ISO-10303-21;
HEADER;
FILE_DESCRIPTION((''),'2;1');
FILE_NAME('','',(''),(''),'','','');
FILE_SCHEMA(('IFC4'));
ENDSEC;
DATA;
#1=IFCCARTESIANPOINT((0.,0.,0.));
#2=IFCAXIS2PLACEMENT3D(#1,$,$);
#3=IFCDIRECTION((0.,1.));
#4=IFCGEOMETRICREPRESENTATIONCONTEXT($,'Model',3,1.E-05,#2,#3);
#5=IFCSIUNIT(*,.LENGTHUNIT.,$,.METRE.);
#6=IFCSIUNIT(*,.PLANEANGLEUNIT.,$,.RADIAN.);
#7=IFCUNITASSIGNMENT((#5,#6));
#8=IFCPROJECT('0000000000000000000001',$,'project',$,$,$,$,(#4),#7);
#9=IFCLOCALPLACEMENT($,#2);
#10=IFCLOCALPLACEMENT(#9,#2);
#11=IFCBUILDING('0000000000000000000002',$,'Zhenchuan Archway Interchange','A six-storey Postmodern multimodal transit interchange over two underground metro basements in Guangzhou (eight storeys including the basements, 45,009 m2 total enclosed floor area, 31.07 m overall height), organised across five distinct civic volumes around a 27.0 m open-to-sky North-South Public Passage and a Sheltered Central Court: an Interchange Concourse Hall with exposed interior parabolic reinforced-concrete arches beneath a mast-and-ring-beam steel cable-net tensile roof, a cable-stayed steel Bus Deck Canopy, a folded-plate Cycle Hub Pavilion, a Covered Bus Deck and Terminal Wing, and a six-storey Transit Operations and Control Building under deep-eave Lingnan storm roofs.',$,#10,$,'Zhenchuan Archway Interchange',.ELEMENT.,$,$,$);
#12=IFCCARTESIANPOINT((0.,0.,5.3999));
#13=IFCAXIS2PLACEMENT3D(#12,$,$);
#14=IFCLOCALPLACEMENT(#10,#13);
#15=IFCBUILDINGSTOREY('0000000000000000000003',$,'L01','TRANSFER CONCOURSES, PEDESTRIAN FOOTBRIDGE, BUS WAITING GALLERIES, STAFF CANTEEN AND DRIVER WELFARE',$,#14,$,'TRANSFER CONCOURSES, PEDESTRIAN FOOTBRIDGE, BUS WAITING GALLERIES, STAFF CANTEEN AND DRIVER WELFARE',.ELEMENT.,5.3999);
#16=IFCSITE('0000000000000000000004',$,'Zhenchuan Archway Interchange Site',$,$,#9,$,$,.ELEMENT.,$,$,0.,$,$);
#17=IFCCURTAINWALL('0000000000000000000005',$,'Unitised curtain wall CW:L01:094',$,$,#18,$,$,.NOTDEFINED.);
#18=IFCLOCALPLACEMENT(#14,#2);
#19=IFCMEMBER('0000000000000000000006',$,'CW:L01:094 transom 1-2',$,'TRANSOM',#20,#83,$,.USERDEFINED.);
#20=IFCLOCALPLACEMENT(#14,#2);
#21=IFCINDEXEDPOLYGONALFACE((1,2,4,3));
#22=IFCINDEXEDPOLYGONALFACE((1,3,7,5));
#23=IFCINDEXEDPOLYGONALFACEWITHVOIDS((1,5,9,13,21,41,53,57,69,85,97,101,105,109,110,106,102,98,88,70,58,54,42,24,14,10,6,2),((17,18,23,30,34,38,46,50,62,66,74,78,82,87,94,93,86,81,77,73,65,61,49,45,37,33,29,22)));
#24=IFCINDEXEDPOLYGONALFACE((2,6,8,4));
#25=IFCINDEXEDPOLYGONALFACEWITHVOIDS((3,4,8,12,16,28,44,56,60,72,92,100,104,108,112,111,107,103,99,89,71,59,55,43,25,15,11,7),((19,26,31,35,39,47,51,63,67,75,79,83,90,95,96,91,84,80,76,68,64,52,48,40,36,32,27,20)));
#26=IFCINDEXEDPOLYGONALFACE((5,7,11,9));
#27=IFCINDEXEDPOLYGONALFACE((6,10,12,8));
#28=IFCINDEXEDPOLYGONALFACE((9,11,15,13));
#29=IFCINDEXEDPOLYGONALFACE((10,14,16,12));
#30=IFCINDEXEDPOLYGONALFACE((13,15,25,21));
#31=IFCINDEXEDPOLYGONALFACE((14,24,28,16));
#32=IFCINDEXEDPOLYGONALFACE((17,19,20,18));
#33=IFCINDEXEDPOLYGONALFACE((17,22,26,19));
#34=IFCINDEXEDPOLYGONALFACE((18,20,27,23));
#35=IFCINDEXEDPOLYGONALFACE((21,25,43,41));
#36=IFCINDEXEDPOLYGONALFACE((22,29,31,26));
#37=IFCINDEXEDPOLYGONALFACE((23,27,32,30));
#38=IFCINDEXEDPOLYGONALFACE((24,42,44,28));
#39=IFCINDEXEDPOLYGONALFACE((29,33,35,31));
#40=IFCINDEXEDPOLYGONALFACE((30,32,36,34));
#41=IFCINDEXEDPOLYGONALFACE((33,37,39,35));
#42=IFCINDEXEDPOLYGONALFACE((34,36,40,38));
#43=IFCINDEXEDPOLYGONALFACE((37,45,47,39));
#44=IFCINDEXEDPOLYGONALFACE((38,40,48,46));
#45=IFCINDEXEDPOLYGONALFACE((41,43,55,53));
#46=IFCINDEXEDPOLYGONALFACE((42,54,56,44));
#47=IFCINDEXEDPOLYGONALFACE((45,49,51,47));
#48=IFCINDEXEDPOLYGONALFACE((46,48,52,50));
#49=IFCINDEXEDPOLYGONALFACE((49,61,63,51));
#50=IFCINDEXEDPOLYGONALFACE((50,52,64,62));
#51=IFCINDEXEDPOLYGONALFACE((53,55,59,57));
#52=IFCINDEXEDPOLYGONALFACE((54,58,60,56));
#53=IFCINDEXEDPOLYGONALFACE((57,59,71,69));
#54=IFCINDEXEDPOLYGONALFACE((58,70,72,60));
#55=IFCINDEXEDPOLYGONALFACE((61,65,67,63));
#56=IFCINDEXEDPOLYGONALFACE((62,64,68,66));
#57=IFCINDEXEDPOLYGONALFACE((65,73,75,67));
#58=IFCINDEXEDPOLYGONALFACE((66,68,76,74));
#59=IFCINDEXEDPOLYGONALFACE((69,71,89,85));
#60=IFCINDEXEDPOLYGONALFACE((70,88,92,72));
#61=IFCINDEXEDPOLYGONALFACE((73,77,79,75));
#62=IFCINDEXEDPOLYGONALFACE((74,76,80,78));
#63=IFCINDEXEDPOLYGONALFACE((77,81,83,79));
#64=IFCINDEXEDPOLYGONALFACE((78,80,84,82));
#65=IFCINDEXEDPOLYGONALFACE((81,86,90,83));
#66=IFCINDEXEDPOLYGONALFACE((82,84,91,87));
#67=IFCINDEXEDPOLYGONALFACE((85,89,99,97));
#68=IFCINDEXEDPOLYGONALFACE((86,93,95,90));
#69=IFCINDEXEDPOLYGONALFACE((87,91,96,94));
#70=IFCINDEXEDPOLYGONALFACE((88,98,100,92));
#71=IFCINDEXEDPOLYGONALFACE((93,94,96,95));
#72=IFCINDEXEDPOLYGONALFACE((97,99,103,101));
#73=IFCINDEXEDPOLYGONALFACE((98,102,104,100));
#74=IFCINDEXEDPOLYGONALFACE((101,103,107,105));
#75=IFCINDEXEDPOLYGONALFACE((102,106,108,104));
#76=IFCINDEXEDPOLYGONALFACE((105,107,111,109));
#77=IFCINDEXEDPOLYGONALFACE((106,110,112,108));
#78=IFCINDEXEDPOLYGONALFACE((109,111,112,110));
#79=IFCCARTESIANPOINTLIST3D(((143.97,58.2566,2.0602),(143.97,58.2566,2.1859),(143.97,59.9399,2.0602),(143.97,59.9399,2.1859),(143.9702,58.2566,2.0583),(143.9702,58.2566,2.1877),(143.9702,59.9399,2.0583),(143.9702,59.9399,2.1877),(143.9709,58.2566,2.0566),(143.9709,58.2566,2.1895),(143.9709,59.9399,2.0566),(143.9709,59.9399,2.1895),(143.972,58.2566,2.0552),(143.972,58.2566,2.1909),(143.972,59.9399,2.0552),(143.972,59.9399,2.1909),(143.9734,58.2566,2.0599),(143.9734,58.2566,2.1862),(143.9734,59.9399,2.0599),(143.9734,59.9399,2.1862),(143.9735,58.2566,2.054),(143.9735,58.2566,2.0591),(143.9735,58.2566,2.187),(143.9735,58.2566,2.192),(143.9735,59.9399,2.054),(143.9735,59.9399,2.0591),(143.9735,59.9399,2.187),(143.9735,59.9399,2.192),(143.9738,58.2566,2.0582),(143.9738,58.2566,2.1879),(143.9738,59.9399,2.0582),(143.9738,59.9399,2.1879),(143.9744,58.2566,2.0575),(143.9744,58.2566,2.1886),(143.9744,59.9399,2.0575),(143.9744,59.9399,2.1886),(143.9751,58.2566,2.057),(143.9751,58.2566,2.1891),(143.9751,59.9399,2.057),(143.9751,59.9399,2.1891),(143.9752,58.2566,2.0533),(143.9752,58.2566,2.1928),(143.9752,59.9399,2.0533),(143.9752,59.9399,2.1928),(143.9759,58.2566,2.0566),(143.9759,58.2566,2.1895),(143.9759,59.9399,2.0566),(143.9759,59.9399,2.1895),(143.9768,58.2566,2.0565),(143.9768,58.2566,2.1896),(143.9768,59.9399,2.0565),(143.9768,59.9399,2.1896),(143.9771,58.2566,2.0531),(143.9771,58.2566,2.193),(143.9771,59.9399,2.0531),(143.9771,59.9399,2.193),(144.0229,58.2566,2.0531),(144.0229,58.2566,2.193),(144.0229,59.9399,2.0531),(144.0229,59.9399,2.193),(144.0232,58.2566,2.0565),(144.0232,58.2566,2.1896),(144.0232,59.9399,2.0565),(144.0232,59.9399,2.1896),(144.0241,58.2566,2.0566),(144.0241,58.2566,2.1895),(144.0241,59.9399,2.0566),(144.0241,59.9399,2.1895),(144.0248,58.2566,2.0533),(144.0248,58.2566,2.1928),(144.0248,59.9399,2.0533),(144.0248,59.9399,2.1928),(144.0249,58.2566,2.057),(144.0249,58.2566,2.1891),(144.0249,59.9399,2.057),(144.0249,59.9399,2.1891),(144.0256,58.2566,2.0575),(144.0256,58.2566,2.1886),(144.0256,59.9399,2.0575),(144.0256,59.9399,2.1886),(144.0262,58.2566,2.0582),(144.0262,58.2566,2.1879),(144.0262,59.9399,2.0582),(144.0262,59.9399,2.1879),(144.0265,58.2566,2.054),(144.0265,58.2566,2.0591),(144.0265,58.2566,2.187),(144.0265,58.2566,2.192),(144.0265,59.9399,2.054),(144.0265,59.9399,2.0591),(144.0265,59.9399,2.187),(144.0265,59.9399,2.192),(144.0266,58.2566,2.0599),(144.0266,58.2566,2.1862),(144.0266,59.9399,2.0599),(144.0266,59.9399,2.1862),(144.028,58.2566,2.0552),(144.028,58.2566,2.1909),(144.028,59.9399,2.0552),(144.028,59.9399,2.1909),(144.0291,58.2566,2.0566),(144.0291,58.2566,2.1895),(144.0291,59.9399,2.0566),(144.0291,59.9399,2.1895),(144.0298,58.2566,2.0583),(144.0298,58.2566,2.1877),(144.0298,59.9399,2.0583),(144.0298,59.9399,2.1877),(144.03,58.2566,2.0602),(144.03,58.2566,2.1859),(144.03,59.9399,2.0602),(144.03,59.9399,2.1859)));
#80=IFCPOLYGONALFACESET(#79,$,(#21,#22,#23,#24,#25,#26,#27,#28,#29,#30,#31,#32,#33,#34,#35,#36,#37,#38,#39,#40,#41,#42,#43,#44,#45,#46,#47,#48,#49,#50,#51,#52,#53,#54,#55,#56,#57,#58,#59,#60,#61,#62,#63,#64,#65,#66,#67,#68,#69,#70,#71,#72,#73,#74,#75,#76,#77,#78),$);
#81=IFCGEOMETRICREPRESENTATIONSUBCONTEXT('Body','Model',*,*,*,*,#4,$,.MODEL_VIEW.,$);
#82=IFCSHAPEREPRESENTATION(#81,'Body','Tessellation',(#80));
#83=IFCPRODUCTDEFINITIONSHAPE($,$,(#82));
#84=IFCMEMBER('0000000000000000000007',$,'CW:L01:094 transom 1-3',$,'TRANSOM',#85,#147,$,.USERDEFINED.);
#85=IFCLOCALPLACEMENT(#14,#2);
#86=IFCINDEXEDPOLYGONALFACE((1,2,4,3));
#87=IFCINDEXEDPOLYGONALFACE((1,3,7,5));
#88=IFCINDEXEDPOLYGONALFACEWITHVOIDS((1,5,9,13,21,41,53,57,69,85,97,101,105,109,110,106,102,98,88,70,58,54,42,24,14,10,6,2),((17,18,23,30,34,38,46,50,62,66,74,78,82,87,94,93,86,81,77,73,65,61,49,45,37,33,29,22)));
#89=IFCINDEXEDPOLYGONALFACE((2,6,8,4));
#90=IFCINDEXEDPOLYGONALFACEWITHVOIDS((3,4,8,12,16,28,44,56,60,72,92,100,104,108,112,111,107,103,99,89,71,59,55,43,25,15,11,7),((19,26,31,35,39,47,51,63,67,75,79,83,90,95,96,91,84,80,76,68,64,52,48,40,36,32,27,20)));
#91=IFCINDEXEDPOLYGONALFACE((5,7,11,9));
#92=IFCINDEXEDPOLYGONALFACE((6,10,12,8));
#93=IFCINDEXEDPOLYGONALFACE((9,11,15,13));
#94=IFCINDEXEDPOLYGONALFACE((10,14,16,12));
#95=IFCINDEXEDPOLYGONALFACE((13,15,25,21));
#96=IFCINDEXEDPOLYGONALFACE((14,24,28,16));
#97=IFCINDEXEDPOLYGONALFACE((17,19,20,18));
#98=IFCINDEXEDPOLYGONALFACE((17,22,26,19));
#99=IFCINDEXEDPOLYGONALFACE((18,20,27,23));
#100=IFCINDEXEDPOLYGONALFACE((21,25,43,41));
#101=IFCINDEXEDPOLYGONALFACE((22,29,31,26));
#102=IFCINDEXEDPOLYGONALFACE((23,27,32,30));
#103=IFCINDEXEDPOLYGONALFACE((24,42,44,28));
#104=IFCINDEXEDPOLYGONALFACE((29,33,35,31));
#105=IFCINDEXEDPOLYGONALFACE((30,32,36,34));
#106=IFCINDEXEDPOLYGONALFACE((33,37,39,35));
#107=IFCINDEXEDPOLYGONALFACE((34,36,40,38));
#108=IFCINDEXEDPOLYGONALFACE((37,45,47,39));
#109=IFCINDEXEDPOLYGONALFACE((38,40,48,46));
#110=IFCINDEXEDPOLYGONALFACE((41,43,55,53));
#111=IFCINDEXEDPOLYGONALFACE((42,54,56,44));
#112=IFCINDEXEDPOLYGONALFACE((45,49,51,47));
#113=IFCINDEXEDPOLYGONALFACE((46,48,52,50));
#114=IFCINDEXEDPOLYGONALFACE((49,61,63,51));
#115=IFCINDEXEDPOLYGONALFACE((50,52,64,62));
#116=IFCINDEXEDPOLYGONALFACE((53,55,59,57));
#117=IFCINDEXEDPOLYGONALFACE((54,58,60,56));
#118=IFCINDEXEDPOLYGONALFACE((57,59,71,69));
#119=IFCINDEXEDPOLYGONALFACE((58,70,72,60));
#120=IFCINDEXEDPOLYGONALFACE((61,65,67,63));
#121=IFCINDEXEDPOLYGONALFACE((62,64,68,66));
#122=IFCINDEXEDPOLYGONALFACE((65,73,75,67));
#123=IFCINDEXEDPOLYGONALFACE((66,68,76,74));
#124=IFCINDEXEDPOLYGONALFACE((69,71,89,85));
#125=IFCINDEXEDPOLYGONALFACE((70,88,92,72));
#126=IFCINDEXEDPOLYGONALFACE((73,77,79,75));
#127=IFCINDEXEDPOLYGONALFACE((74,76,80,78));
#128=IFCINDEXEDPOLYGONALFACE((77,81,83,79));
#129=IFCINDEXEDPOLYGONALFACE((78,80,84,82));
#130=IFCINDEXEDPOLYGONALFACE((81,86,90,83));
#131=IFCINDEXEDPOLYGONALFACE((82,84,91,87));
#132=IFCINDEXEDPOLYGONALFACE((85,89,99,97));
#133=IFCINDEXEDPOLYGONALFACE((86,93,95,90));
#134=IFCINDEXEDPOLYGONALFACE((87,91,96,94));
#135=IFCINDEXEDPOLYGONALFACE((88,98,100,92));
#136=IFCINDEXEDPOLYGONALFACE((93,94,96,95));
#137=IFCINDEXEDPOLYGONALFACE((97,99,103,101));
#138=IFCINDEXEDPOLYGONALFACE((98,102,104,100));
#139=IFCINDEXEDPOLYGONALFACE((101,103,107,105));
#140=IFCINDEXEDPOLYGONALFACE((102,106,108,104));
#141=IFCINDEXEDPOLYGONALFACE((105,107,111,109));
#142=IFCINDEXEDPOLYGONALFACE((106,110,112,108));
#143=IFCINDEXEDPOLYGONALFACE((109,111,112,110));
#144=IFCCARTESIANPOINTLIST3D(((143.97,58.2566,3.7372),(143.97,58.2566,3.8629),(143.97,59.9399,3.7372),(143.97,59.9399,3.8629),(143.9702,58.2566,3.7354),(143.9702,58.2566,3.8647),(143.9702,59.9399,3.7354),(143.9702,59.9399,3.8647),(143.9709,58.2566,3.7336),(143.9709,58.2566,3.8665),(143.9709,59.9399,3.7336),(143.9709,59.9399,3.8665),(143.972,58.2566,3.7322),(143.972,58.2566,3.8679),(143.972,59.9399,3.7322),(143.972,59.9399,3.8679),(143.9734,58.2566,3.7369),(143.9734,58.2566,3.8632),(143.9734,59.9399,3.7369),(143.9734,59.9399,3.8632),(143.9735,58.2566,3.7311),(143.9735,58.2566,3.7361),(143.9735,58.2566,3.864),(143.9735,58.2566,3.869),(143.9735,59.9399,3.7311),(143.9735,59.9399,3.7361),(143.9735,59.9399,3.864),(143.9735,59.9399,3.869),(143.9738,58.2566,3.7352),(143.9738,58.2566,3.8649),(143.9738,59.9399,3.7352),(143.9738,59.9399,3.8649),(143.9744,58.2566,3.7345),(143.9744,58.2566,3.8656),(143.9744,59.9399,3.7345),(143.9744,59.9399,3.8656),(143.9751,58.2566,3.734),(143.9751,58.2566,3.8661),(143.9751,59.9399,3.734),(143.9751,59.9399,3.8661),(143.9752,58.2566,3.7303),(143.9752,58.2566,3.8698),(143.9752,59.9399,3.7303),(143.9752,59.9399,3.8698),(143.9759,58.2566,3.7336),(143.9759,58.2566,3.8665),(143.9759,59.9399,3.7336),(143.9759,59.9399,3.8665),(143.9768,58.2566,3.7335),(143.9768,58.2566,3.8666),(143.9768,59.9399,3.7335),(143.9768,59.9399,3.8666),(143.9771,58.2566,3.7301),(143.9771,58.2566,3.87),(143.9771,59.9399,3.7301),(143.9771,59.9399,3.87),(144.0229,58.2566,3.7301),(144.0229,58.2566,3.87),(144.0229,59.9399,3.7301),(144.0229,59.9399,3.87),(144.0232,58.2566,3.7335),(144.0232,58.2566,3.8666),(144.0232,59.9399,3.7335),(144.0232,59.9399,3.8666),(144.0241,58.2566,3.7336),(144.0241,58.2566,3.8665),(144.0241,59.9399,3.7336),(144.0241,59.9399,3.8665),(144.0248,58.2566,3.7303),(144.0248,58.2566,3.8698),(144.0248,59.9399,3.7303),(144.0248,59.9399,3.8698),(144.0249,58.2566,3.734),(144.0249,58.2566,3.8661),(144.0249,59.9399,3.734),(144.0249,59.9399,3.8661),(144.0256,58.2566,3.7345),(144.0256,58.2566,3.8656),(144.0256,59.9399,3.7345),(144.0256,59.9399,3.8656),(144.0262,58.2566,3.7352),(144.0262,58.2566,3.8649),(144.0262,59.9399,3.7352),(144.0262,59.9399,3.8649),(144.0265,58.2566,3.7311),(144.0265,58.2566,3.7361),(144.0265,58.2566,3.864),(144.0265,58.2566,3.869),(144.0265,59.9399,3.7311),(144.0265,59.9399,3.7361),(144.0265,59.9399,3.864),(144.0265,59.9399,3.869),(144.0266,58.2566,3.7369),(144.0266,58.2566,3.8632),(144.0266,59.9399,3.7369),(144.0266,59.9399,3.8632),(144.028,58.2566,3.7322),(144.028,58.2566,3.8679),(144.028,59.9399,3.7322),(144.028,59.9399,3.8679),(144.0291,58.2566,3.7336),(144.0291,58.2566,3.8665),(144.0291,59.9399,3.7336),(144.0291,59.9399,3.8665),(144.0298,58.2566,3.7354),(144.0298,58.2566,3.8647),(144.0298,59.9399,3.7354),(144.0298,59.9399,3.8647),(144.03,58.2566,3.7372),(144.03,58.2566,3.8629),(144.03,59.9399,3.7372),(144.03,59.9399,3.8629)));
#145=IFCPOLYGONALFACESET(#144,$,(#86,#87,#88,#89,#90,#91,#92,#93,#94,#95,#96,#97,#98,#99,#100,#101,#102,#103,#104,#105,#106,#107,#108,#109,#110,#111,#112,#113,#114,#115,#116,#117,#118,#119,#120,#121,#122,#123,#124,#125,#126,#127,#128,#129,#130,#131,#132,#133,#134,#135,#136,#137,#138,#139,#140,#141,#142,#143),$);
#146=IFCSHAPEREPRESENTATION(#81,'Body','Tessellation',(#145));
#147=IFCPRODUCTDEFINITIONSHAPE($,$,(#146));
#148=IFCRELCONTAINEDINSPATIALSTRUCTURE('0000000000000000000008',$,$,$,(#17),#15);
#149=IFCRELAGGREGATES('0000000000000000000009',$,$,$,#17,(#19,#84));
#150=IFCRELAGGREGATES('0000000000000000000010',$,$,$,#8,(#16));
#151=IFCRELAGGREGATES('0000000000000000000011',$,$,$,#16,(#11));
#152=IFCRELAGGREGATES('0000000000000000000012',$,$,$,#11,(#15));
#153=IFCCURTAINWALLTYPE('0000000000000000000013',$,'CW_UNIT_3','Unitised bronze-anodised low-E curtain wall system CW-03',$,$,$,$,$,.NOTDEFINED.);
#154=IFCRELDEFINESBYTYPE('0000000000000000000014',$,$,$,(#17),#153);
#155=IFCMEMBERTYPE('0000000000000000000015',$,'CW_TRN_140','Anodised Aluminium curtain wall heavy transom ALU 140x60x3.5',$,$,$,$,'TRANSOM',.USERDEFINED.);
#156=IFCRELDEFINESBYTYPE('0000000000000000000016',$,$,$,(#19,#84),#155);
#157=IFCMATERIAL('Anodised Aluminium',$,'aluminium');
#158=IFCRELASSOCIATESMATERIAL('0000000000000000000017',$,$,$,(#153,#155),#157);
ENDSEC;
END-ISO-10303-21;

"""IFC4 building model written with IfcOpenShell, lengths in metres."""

from ifc_helpers import new_model, si_unit, direction, frame, origin, origin_2d, place, context, subcontext, project, spatial, hollow_rectangle, extrude, material, material_profile, profile_set, type_object, element, aggregate, save


model = new_model("IFC4")

# Units and contexts
model_context = context("Model", 3, precision=1e-05, world=origin(), true_north=direction((0.0, 1.0)))
body_context = subcontext(model_context, "Body", "Model", "MODEL_VIEW")
ifc_project = project(units=[si_unit("LENGTHUNIT", "METRE"), si_unit("PLANEANGLEUNIT", "RADIAN")], contexts=[model_context])

# Site, building, storey
site_placement = place(None, origin())
site = spatial("IfcSite", under=ifc_project, at=site_placement, Name="Zhenchuan Archway Interchange Site", CompositionType="ELEMENT", RefElevation=0.0)
building_placement = place(site_placement, origin())
building = spatial("IfcBuilding", under=site, at=building_placement, Name="Zhenchuan Archway Interchange", Description="A six-storey Postmodern multimodal transit interchange over two underground metro basements in Guangzhou (eight storeys including the basements, 45,009 m2 total enclosed floor area, 31.07 m overall height), organised across five distinct civic volumes around a 27.0 m open-to-sky North-South Public Passage and a Sheltered Central Court: an Interchange Concourse Hall with exposed interior parabolic reinforced-concrete arches beneath a mast-and-ring-beam steel cable-net tensile roof, a cable-stayed steel Bus Deck Canopy, a folded-plate Cycle Hub Pavilion, a Covered Bus Deck and Terminal Wing, and a six-storey Transit Operations and Control Building under deep-eave Lingnan storm roofs.", LongName="Zhenchuan Archway Interchange", CompositionType="ELEMENT")
storey_placement = place(building_placement, frame((0.0, 0.0, 5.3999)))
storey = spatial("IfcBuildingStorey", under=building, at=storey_placement, Name="L01", Description="TRANSFER CONCOURSES, PEDESTRIAN FOOTBRIDGE, BUS WAITING GALLERIES, STAFF CANTEEN AND DRIVER WELFARE", LongName="TRANSFER CONCOURSES, PEDESTRIAN FOOTBRIDGE, BUS WAITING GALLERIES, STAFF CANTEEN AND DRIVER WELFARE", CompositionType="ELEMENT", Elevation=5.3999)

# Curtain wall, members
ifc_material_1 = material(Name="Anodised Aluminium", Category="aluminium")
curtain_wall_type = type_object("IfcCurtainWallType", Name="CW_UNIT_3", Description="Unitised bronze-anodised low-E curtain wall system CW-03", PredefinedType="NOTDEFINED", material=ifc_material_1)
curtain_wall_placement = place(storey_placement, origin())
curtain_wall = element("IfcCurtainWall", 1, at=curtain_wall_placement, inside=storey, type_object=curtain_wall_type, Name="Unitised curtain wall CW:L01:094", PredefinedType="NOTDEFINED")
ifc_material_profile_1 = material_profile(ifc_material_1, hollow_rectangle(XDim=0.0601, YDim=0.1399, WallThickness=0.0034, InnerFilletRadius=0.0034, OuterFilletRadius=0.0071, at=origin_2d()), Name="ALU 140x60x3.5")
ifc_profile_set_1 = profile_set([ifc_material_profile_1], Name="Anodised Aluminium")
member_type_1 = type_object("IfcMemberType", Name="CW_TRN_140", Description="Anodised Aluminium curtain wall heavy transom ALU 140x60x3.5", ElementType="TRANSOM", PredefinedType="USERDEFINED", material=ifc_profile_set_1)
member_1_placement = place(storey_placement, frame((144.0, 58.2566, 2.123), z_axis=(0.0, 1.0, 0.0), x_axis=(-1.0, 0.0, 0.0)))
member_1 = element("IfcMember", 2, at=member_1_placement, type_object=member_type_1, Name="CW:L01:094 transom 1-2", ObjectType="TRANSOM", PredefinedType="USERDEFINED", context=body_context, shape_type="SweptSolid", body=[
    extrude(hollow_rectangle(XDim=0.0601, YDim=0.1399, WallThickness=0.0034, InnerFilletRadius=0.0034, OuterFilletRadius=0.0071, at=origin_2d()), origin(), (0.0, 0.0, 1.0), 1.6833),
])
member_2_placement = place(storey_placement, frame((144.0, 58.2566, 3.8), z_axis=(0.0, 1.0, 0.0), x_axis=(-1.0, 0.0, 0.0)))
member_2 = element("IfcMember", 3, at=member_2_placement, type_object=member_type_1, Name="CW:L01:094 transom 1-3", ObjectType="TRANSOM", PredefinedType="USERDEFINED", context=body_context, shape_type="SweptSolid", body=[
    extrude(hollow_rectangle(XDim=0.0601, YDim=0.1399, WallThickness=0.0034, InnerFilletRadius=0.0034, OuterFilletRadius=0.0071, at=origin_2d()), origin(), (0.0, 0.0, 1.0), 1.6833),
])

aggregate(curtain_wall, [member_1, member_2])

save(model, "model.ifc")
